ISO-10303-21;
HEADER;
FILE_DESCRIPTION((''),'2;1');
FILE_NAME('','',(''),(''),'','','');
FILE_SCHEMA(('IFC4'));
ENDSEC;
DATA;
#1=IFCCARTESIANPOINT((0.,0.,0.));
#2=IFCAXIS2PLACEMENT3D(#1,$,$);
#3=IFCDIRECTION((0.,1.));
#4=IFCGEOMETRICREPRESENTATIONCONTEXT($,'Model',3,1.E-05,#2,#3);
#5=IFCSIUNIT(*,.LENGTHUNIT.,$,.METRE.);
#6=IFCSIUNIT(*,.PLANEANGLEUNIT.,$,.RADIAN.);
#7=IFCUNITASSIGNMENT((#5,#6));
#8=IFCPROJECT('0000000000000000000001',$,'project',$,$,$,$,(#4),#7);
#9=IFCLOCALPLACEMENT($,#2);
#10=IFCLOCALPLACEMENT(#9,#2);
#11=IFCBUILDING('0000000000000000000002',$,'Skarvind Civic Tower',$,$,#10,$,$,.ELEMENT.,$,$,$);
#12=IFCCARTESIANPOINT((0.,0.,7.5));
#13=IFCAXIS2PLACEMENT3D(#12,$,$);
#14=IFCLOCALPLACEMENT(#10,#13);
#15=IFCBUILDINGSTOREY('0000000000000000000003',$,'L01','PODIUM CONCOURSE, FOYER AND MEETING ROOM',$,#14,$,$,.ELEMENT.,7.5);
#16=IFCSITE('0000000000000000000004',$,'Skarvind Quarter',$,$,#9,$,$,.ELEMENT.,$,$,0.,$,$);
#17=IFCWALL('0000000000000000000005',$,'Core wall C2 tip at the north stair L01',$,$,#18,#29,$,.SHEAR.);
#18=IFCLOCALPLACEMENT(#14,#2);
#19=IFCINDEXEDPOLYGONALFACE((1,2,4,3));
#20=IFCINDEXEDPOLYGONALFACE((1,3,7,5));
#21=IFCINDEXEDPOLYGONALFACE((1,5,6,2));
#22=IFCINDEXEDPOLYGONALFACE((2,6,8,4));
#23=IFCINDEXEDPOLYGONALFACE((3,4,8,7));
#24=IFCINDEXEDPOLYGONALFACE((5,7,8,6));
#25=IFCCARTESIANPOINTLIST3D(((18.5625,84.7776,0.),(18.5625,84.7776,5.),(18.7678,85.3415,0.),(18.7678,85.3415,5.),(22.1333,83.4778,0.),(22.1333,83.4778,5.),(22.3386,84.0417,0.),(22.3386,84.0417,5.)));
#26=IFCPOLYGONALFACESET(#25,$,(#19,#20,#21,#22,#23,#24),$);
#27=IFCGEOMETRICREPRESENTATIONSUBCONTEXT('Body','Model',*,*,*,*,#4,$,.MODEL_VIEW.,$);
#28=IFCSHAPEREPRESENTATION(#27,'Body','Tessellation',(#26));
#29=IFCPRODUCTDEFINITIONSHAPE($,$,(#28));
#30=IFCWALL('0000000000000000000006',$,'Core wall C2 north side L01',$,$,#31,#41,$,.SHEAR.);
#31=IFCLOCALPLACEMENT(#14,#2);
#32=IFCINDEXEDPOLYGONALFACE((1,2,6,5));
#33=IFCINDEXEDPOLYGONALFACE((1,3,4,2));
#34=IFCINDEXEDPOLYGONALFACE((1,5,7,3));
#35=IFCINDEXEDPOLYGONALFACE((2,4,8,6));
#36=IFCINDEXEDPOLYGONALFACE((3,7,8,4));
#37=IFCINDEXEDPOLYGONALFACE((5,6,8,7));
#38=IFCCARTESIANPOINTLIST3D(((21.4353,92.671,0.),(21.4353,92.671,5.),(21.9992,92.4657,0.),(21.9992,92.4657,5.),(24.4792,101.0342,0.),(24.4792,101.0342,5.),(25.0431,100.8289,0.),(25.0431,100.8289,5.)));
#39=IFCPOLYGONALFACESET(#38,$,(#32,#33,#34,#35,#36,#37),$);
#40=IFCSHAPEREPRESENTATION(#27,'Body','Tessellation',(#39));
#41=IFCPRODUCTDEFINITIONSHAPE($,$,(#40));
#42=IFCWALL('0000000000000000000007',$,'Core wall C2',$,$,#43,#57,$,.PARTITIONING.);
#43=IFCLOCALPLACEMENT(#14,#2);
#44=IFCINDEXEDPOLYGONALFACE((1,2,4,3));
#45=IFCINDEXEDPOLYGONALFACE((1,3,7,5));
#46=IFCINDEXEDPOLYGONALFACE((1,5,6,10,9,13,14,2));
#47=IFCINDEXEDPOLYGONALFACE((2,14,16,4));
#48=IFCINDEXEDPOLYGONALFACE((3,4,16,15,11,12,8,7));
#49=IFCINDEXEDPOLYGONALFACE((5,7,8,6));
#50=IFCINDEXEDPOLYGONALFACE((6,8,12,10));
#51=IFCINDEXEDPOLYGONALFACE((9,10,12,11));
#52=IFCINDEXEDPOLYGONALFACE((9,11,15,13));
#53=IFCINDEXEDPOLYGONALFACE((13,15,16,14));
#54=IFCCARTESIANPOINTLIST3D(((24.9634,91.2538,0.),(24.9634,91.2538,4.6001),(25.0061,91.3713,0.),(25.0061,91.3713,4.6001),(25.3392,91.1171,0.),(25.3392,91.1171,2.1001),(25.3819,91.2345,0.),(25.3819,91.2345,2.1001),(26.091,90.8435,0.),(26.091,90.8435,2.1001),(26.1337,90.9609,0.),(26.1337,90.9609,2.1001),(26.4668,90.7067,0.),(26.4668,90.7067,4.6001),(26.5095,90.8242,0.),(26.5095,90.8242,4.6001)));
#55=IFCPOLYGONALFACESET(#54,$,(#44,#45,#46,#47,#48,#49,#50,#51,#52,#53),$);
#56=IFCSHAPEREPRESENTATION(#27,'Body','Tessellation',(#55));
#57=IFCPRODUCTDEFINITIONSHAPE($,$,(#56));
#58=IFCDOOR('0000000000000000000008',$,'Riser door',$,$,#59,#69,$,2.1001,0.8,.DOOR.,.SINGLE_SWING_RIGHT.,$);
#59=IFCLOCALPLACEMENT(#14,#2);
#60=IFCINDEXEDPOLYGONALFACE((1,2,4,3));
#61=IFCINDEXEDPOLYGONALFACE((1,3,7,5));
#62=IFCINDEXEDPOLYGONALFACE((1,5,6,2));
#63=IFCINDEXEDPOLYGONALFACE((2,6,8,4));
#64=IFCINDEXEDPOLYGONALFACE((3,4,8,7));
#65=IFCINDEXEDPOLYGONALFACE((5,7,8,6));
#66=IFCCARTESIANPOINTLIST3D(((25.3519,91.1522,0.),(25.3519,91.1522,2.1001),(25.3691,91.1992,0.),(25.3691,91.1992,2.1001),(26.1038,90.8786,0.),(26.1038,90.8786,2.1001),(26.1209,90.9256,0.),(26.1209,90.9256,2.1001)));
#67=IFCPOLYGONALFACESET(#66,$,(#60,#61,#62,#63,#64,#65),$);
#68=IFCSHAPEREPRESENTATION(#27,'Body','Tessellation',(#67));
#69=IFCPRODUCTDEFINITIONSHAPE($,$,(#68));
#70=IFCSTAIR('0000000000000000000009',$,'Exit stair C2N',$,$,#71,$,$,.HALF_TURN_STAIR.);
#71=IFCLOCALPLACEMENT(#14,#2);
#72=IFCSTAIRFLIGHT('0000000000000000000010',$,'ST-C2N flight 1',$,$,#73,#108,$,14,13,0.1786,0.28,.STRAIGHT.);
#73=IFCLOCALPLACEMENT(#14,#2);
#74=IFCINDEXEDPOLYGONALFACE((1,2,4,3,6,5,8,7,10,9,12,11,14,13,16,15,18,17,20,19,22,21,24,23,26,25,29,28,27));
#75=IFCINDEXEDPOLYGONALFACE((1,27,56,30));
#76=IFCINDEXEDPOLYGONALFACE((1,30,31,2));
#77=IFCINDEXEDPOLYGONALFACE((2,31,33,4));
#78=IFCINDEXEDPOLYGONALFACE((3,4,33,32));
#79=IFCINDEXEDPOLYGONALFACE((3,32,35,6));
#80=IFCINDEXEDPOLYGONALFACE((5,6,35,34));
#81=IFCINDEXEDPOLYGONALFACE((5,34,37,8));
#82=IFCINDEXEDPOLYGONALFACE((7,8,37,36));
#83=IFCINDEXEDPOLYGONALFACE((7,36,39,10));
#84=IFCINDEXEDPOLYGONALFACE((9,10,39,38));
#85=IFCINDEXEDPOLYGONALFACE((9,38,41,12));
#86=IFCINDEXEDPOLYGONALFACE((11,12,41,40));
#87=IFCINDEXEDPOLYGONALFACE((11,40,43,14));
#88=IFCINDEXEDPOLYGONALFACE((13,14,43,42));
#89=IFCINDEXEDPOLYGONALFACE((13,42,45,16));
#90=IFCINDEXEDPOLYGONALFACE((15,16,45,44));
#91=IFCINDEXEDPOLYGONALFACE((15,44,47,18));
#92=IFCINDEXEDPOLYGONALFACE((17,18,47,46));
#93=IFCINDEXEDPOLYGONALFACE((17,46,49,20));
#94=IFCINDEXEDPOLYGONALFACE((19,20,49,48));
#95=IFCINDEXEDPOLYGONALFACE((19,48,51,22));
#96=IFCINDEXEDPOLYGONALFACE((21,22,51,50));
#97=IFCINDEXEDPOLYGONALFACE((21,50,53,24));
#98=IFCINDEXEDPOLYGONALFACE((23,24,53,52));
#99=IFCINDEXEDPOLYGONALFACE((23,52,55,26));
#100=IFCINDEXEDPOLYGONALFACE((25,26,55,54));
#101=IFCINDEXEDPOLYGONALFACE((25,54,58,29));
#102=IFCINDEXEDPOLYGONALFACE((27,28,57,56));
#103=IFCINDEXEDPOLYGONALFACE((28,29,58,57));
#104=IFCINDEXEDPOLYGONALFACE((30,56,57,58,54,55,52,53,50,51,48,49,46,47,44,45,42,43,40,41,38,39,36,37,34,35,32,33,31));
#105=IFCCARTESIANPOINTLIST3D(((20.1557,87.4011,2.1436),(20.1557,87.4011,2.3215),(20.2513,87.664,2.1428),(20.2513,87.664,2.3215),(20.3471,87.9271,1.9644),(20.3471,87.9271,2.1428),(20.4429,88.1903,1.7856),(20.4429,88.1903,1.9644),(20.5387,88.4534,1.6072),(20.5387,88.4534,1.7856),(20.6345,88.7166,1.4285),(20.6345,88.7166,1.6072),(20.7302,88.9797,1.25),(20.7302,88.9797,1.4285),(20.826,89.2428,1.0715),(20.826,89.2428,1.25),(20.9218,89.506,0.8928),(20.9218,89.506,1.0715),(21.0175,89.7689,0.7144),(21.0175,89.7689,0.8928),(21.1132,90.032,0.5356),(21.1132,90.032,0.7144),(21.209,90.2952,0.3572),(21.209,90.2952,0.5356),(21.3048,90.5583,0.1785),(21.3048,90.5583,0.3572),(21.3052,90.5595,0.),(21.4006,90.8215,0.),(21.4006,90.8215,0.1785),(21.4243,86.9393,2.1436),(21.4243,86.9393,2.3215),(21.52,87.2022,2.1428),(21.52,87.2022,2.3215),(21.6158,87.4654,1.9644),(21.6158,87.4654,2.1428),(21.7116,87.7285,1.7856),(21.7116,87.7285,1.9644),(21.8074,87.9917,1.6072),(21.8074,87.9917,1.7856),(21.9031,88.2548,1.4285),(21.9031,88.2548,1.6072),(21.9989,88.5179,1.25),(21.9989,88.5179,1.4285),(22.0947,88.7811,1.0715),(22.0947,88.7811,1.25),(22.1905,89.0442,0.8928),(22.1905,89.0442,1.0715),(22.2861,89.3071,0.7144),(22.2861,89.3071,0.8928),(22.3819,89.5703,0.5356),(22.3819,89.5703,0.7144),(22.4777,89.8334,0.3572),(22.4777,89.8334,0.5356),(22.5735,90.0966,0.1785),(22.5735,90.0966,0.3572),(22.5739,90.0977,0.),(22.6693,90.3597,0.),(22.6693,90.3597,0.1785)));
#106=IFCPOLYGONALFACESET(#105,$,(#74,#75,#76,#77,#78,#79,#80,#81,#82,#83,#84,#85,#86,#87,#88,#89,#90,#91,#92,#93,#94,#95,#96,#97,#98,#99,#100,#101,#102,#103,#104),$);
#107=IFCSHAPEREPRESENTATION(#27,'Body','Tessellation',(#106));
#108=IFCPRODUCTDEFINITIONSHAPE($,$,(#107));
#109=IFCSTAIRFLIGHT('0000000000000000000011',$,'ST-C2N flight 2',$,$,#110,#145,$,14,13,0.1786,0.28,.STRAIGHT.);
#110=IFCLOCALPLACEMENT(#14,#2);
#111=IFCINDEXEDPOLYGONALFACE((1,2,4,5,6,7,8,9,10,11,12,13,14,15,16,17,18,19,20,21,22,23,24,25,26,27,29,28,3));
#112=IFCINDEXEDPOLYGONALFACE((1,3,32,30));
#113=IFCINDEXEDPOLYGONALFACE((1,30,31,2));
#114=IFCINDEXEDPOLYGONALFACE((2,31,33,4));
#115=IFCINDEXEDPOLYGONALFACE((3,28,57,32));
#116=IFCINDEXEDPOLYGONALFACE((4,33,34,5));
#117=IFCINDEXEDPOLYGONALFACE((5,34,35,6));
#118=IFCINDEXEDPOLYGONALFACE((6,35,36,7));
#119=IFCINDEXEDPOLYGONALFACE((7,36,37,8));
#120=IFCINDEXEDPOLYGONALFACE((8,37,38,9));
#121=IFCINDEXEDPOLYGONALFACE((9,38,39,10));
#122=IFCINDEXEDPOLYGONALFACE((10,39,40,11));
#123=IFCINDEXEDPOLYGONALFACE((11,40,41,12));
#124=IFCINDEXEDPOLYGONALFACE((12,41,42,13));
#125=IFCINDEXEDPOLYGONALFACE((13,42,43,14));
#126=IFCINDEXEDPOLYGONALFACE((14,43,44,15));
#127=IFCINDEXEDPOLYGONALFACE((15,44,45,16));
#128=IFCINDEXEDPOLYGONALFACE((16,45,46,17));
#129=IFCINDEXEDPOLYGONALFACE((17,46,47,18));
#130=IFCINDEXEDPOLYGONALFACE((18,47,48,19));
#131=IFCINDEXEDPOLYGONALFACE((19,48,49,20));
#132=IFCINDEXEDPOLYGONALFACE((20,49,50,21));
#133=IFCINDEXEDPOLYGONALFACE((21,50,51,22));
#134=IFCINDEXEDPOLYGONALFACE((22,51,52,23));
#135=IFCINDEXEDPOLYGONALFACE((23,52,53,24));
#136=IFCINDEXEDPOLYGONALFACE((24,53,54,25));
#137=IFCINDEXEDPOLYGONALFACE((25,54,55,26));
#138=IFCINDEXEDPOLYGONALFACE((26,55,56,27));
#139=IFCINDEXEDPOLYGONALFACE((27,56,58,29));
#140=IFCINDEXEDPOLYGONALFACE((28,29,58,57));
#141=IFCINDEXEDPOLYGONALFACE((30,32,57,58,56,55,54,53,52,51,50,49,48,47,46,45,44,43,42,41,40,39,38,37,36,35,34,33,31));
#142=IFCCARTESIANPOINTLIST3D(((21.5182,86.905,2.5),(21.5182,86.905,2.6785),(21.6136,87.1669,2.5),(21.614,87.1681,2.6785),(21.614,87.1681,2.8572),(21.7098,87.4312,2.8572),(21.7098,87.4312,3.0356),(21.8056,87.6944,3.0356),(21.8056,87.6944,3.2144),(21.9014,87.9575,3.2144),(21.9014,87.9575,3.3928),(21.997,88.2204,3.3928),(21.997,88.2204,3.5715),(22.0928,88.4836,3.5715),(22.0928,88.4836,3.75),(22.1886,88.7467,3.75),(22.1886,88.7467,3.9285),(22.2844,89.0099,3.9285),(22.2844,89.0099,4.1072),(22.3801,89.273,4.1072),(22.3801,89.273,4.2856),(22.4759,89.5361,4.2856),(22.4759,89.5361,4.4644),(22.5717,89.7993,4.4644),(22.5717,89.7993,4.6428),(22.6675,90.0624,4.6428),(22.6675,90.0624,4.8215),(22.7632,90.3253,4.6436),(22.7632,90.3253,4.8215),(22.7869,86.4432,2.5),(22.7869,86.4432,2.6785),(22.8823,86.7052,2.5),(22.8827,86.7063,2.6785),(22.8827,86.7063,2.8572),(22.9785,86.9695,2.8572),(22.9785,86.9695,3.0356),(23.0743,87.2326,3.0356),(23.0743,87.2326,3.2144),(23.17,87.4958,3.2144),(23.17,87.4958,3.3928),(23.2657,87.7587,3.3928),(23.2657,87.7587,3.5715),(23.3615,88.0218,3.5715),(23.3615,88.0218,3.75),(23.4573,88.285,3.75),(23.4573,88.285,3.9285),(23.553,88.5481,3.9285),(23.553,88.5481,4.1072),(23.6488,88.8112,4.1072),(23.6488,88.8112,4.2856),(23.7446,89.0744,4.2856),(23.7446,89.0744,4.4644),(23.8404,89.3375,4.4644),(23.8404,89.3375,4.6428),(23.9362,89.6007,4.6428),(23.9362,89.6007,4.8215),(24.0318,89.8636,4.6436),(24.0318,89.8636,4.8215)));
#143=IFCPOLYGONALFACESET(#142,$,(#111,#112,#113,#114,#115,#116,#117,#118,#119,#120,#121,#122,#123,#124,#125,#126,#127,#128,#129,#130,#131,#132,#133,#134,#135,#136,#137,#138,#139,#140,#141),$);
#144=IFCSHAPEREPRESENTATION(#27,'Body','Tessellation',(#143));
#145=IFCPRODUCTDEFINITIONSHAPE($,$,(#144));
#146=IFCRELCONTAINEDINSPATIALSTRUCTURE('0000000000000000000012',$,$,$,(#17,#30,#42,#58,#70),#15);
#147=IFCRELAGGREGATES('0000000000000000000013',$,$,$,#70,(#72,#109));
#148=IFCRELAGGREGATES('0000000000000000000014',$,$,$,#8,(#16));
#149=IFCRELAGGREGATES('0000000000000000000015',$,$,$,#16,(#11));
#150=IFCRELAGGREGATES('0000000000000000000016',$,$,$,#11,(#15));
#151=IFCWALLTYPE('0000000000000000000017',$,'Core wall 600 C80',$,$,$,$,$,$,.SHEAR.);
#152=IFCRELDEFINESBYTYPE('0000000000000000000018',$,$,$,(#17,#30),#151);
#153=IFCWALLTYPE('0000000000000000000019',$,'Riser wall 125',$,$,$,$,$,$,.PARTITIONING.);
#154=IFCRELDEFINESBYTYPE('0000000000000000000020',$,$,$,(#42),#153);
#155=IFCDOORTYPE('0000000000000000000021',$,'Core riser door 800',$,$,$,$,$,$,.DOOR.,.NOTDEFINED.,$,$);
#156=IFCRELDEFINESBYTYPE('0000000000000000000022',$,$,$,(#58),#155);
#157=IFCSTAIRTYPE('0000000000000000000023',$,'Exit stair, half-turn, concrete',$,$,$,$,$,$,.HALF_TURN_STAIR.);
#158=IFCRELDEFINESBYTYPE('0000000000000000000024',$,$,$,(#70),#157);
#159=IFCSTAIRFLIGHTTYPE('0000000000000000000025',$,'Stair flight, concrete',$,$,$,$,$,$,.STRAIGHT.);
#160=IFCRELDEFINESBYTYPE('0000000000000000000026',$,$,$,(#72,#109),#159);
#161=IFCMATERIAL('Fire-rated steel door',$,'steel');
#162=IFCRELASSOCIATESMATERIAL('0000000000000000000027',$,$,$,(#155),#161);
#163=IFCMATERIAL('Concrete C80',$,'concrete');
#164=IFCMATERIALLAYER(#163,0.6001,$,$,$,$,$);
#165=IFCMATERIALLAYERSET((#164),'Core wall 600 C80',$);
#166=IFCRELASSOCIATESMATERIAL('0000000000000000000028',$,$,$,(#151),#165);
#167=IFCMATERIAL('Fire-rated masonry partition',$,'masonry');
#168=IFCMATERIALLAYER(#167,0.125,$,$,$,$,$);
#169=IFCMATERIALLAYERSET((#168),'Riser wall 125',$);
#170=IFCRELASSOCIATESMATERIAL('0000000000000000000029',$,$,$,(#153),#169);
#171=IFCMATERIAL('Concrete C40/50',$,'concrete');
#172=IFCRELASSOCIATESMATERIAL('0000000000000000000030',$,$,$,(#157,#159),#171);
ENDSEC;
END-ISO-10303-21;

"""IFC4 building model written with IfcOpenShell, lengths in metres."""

from ifc_helpers import new_model, si_unit, direction, frame, frame_2d, origin, place, context, subcontext, project, spatial, polyline, rectangle, outline, extrude, material, layer, layer_set, type_object, element, fill, aggregate, save


model = new_model("IFC4")

# Units and contexts
model_context = context("Model", 3, precision=1e-05, world=origin(), true_north=direction((0.0, 1.0)))
body_context = subcontext(model_context, "Body", "Model", "MODEL_VIEW")
ifc_project = project(units=[si_unit("LENGTHUNIT", "METRE"), si_unit("PLANEANGLEUNIT", "RADIAN")], contexts=[model_context])

# Site, building, storey
site_placement = place(None, origin())
site = spatial("IfcSite", under=ifc_project, at=site_placement, Name="Skarvind Quarter", CompositionType="ELEMENT", RefElevation=0.0)
building_placement = place(site_placement, origin())
building = spatial("IfcBuilding", under=site, at=building_placement, Name="Skarvind Civic Tower", CompositionType="ELEMENT")
storey_placement = place(building_placement, frame((0.0, 0.0, 7.5)))
storey = spatial("IfcBuildingStorey", under=building, at=storey_placement, Name="L01", Description="PODIUM CONCOURSE, FOYER AND MEETING ROOM", CompositionType="ELEMENT", Elevation=7.5)

# Shared definitions
ifc_material_1 = material(Name="Concrete C80", Category="concrete")

# Shared definitions
ifc_material_2 = material(Name="Fire-rated steel door", Category="steel")

# Shared definitions
door_type_1 = type_object("IfcDoorType", Name="Core riser door 800", OperationType="NOTDEFINED", PredefinedType="DOOR", material=ifc_material_2)

# Walls
ifc_layer_1 = layer(ifc_material_1, 0.6001)
ifc_layer_set_1 = layer_set([ifc_layer_1], Name="Core wall 600 C80")
wall_type_1 = type_object("IfcWallType", Name="Core wall 600 C80", PredefinedType="SHEAR", material=ifc_layer_set_1)
wall_1_placement = place(storey_placement, frame((22.2358, 83.7598, 0.0), z_axis=(0.0, 0.0, 1.0), x_axis=(-0.939681, 0.342053, 0.0)))
element("IfcWall", 1, at=wall_1_placement, inside=storey, type_object=wall_type_1, Name="Core wall C2 tip at the north stair L01", PredefinedType="SHEAR", context=body_context, shape_type="SweptSolid", body=[
    extrude(rectangle(XDim=3.8, YDim=0.6001, at=frame_2d((1.8999, 0.0))), origin(), (0.0, 0.0, 1.0), 5.0),
])
wall_2_placement = place(storey_placement, frame((21.7173, 92.5684, 0.0), z_axis=(0.0, 0.0, 1.0), x_axis=(0.342016, 0.939694, 0.0)))
element("IfcWall", 2, at=wall_2_placement, inside=storey, type_object=wall_type_1, Name="Core wall C2 north side L01", PredefinedType="SHEAR", context=body_context, shape_type="SweptSolid", body=[
    extrude(rectangle(XDim=8.8999, YDim=0.6001, at=frame_2d((4.45, 0.0))), origin(), (0.0, 0.0, 1.0), 5.0),
])

# Wall, opening, door
ifc_material_3 = material(Name="Fire-rated masonry partition", Category="masonry")
ifc_layer_2 = layer(ifc_material_3, 0.125)
ifc_layer_set_2 = layer_set([ifc_layer_2], Name="Riser wall 125")
wall_type_2 = type_object("IfcWallType", Name="Riser wall 125", PredefinedType="PARTITIONING", material=ifc_layer_set_2)
wall_3_placement = place(storey_placement, frame((24.9849, 91.3125, 0.0), z_axis=(0.0, 0.0, 1.0), x_axis=(0.939709, -0.341976, 0.0)))
wall_3 = element("IfcWall", 3, at=wall_3_placement, inside=storey, type_object=wall_type_2, Name="Core wall C2", PredefinedType="PARTITIONING", context=body_context, shape_type="SweptSolid", body=[
    extrude(rectangle(XDim=1.5999, YDim=0.125, at=frame_2d((0.7998, 0.0))), origin(), (0.0, 0.0, 1.0), 4.6001),
])
opening_1_placement = place(wall_3_placement, frame((0.3999, 0.0, 0.0)))
opening_1 = element("IfcOpeningElement", 4, at=opening_1_placement, cuts=wall_3, PredefinedType="OPENING", context=body_context, shape_type="SweptSolid", body=[
    extrude(rectangle(XDim=0.8, YDim=2.1001, at=frame_2d((0.3999, 1.05))), frame((0.0, 0.0725, 0.0), z_axis=(0.0, -1.0, 0.0), x_axis=(1.0, 0.0, 0.0)), (0.0, 0.0, 1.0), 0.145),
])
door_1_placement = place(opening_1_placement, origin())
door_1 = element("IfcDoor", 5, at=door_1_placement, inside=storey, type_object=door_type_1, Name="Riser door", OperationType="SINGLE_SWING_RIGHT", OverallHeight=2.1001, OverallWidth=0.8, PredefinedType="DOOR", context=body_context, shape_type="SweptSolid", body=[
    extrude(rectangle(XDim=0.8, YDim=2.1001, at=frame_2d((0.3999, 1.05))), frame((0.0, 0.0249, 0.0), z_axis=(0.0, -1.0, 0.0), x_axis=(1.0, 0.0, 0.0)), (0.0, 0.0, 1.0), 0.05),
])
fill(opening_1, door_1)

# Stair, stair flights
ifc_material_4 = material(Name="Concrete C40/50", Category="concrete")
stair_type = type_object("IfcStairType", Name="Exit stair, half-turn, concrete", PredefinedType="HALF_TURN_STAIR", material=ifc_material_4)
stair_placement = place(storey_placement, origin())
stair = element("IfcStair", 6, at=stair_placement, inside=storey, type_object=stair_type, Name="Exit stair C2N", PredefinedType="HALF_TURN_STAIR")
stair_flight_type = type_object("IfcStairFlightType", Name="Stair flight, concrete", PredefinedType="STRAIGHT", material=ifc_material_4)
stair_flight_1_placement = place(storey_placement, frame((22.0349, 90.5906, 0.0), z_axis=(0.0, 0.0, 1.0), x_axis=(-0.34202, -0.939693, 0.0)))
stair_flight_1 = element("IfcStairFlight", 7, at=stair_flight_1_placement, type_object=stair_flight_type, Name="ST-C2N flight 1", NumberOfRisers=14, NumberOfTreads=13, PredefinedType="STRAIGHT", RiserHeight=0.1786, TreadLength=0.28, context=body_context, shape_type="SweptSolid", body=[
    extrude(outline(polyline([(0.0, 0.0), (0.0, 0.1785), (0.28, 0.1785), (0.28, 0.3572), (0.5601, 0.3572), (0.5601, 0.5356), (0.8401, 0.5356), (0.8401, 0.7144), (1.1201, 0.7144), (1.1201, 0.8928), (1.3999, 0.8928), (1.3999, 1.0715), (1.6799, 1.0715), (1.6799, 1.25), (1.96, 1.25), (1.96, 1.4285), (2.24, 1.4285), (2.24, 1.6072), (2.52, 1.6072), (2.52, 1.7856), (2.8, 1.7856), (2.8, 1.9644), (3.0801, 1.9644), (3.0801, 2.1428), (3.3601, 2.1428), (3.3601, 2.3215), (3.6399, 2.3215), (3.6399, 2.5), (3.6399, 2.1436), (0.2788, 0.0), (0.0, 0.0)])), frame((0.0, 0.675, 0.0), z_axis=(0.0, -1.0, 0.0), x_axis=(1.0, 0.0, 0.0)), (0.0, 0.0, 1.0), 1.3501),
])
stair_flight_2_placement = place(storey_placement, frame((22.1526, 86.6741, 2.5), z_axis=(0.0, 0.0, 1.0), x_axis=(0.34202, 0.939693, 0.0)))
stair_flight_2 = element("IfcStairFlight", 8, at=stair_flight_2_placement, type_object=stair_flight_type, Name="ST-C2N flight 2", NumberOfRisers=14, NumberOfTreads=13, PredefinedType="STRAIGHT", RiserHeight=0.1786, TreadLength=0.28, context=body_context, shape_type="SweptSolid", body=[
    extrude(outline(polyline([(0.0, 0.0), (0.0, 0.1785), (0.28, 0.1785), (0.28, 0.3572), (0.5601, 0.3572), (0.5601, 0.5356), (0.8401, 0.5356), (0.8401, 0.7144), (1.1201, 0.7144), (1.1201, 0.8928), (1.3999, 0.8928), (1.3999, 1.0715), (1.6799, 1.0715), (1.6799, 1.25), (1.96, 1.25), (1.96, 1.4285), (2.24, 1.4285), (2.24, 1.6072), (2.52, 1.6072), (2.52, 1.7856), (2.8, 1.7856), (2.8, 1.9644), (3.0801, 1.9644), (3.0801, 2.1428), (3.3601, 2.1428), (3.3601, 2.3215), (3.6399, 2.3215), (3.6399, 2.5), (3.6399, 2.1436), (0.2788, 0.0), (0.0, 0.0)])), frame((0.0, 0.675, 0.0), z_axis=(0.0, -1.0, 0.0), x_axis=(1.0, 0.0, 0.0)), (0.0, 0.0, 1.0), 1.3501),
])
aggregate(stair, [stair_flight_1, stair_flight_2])

save(model, "model.ifc")
